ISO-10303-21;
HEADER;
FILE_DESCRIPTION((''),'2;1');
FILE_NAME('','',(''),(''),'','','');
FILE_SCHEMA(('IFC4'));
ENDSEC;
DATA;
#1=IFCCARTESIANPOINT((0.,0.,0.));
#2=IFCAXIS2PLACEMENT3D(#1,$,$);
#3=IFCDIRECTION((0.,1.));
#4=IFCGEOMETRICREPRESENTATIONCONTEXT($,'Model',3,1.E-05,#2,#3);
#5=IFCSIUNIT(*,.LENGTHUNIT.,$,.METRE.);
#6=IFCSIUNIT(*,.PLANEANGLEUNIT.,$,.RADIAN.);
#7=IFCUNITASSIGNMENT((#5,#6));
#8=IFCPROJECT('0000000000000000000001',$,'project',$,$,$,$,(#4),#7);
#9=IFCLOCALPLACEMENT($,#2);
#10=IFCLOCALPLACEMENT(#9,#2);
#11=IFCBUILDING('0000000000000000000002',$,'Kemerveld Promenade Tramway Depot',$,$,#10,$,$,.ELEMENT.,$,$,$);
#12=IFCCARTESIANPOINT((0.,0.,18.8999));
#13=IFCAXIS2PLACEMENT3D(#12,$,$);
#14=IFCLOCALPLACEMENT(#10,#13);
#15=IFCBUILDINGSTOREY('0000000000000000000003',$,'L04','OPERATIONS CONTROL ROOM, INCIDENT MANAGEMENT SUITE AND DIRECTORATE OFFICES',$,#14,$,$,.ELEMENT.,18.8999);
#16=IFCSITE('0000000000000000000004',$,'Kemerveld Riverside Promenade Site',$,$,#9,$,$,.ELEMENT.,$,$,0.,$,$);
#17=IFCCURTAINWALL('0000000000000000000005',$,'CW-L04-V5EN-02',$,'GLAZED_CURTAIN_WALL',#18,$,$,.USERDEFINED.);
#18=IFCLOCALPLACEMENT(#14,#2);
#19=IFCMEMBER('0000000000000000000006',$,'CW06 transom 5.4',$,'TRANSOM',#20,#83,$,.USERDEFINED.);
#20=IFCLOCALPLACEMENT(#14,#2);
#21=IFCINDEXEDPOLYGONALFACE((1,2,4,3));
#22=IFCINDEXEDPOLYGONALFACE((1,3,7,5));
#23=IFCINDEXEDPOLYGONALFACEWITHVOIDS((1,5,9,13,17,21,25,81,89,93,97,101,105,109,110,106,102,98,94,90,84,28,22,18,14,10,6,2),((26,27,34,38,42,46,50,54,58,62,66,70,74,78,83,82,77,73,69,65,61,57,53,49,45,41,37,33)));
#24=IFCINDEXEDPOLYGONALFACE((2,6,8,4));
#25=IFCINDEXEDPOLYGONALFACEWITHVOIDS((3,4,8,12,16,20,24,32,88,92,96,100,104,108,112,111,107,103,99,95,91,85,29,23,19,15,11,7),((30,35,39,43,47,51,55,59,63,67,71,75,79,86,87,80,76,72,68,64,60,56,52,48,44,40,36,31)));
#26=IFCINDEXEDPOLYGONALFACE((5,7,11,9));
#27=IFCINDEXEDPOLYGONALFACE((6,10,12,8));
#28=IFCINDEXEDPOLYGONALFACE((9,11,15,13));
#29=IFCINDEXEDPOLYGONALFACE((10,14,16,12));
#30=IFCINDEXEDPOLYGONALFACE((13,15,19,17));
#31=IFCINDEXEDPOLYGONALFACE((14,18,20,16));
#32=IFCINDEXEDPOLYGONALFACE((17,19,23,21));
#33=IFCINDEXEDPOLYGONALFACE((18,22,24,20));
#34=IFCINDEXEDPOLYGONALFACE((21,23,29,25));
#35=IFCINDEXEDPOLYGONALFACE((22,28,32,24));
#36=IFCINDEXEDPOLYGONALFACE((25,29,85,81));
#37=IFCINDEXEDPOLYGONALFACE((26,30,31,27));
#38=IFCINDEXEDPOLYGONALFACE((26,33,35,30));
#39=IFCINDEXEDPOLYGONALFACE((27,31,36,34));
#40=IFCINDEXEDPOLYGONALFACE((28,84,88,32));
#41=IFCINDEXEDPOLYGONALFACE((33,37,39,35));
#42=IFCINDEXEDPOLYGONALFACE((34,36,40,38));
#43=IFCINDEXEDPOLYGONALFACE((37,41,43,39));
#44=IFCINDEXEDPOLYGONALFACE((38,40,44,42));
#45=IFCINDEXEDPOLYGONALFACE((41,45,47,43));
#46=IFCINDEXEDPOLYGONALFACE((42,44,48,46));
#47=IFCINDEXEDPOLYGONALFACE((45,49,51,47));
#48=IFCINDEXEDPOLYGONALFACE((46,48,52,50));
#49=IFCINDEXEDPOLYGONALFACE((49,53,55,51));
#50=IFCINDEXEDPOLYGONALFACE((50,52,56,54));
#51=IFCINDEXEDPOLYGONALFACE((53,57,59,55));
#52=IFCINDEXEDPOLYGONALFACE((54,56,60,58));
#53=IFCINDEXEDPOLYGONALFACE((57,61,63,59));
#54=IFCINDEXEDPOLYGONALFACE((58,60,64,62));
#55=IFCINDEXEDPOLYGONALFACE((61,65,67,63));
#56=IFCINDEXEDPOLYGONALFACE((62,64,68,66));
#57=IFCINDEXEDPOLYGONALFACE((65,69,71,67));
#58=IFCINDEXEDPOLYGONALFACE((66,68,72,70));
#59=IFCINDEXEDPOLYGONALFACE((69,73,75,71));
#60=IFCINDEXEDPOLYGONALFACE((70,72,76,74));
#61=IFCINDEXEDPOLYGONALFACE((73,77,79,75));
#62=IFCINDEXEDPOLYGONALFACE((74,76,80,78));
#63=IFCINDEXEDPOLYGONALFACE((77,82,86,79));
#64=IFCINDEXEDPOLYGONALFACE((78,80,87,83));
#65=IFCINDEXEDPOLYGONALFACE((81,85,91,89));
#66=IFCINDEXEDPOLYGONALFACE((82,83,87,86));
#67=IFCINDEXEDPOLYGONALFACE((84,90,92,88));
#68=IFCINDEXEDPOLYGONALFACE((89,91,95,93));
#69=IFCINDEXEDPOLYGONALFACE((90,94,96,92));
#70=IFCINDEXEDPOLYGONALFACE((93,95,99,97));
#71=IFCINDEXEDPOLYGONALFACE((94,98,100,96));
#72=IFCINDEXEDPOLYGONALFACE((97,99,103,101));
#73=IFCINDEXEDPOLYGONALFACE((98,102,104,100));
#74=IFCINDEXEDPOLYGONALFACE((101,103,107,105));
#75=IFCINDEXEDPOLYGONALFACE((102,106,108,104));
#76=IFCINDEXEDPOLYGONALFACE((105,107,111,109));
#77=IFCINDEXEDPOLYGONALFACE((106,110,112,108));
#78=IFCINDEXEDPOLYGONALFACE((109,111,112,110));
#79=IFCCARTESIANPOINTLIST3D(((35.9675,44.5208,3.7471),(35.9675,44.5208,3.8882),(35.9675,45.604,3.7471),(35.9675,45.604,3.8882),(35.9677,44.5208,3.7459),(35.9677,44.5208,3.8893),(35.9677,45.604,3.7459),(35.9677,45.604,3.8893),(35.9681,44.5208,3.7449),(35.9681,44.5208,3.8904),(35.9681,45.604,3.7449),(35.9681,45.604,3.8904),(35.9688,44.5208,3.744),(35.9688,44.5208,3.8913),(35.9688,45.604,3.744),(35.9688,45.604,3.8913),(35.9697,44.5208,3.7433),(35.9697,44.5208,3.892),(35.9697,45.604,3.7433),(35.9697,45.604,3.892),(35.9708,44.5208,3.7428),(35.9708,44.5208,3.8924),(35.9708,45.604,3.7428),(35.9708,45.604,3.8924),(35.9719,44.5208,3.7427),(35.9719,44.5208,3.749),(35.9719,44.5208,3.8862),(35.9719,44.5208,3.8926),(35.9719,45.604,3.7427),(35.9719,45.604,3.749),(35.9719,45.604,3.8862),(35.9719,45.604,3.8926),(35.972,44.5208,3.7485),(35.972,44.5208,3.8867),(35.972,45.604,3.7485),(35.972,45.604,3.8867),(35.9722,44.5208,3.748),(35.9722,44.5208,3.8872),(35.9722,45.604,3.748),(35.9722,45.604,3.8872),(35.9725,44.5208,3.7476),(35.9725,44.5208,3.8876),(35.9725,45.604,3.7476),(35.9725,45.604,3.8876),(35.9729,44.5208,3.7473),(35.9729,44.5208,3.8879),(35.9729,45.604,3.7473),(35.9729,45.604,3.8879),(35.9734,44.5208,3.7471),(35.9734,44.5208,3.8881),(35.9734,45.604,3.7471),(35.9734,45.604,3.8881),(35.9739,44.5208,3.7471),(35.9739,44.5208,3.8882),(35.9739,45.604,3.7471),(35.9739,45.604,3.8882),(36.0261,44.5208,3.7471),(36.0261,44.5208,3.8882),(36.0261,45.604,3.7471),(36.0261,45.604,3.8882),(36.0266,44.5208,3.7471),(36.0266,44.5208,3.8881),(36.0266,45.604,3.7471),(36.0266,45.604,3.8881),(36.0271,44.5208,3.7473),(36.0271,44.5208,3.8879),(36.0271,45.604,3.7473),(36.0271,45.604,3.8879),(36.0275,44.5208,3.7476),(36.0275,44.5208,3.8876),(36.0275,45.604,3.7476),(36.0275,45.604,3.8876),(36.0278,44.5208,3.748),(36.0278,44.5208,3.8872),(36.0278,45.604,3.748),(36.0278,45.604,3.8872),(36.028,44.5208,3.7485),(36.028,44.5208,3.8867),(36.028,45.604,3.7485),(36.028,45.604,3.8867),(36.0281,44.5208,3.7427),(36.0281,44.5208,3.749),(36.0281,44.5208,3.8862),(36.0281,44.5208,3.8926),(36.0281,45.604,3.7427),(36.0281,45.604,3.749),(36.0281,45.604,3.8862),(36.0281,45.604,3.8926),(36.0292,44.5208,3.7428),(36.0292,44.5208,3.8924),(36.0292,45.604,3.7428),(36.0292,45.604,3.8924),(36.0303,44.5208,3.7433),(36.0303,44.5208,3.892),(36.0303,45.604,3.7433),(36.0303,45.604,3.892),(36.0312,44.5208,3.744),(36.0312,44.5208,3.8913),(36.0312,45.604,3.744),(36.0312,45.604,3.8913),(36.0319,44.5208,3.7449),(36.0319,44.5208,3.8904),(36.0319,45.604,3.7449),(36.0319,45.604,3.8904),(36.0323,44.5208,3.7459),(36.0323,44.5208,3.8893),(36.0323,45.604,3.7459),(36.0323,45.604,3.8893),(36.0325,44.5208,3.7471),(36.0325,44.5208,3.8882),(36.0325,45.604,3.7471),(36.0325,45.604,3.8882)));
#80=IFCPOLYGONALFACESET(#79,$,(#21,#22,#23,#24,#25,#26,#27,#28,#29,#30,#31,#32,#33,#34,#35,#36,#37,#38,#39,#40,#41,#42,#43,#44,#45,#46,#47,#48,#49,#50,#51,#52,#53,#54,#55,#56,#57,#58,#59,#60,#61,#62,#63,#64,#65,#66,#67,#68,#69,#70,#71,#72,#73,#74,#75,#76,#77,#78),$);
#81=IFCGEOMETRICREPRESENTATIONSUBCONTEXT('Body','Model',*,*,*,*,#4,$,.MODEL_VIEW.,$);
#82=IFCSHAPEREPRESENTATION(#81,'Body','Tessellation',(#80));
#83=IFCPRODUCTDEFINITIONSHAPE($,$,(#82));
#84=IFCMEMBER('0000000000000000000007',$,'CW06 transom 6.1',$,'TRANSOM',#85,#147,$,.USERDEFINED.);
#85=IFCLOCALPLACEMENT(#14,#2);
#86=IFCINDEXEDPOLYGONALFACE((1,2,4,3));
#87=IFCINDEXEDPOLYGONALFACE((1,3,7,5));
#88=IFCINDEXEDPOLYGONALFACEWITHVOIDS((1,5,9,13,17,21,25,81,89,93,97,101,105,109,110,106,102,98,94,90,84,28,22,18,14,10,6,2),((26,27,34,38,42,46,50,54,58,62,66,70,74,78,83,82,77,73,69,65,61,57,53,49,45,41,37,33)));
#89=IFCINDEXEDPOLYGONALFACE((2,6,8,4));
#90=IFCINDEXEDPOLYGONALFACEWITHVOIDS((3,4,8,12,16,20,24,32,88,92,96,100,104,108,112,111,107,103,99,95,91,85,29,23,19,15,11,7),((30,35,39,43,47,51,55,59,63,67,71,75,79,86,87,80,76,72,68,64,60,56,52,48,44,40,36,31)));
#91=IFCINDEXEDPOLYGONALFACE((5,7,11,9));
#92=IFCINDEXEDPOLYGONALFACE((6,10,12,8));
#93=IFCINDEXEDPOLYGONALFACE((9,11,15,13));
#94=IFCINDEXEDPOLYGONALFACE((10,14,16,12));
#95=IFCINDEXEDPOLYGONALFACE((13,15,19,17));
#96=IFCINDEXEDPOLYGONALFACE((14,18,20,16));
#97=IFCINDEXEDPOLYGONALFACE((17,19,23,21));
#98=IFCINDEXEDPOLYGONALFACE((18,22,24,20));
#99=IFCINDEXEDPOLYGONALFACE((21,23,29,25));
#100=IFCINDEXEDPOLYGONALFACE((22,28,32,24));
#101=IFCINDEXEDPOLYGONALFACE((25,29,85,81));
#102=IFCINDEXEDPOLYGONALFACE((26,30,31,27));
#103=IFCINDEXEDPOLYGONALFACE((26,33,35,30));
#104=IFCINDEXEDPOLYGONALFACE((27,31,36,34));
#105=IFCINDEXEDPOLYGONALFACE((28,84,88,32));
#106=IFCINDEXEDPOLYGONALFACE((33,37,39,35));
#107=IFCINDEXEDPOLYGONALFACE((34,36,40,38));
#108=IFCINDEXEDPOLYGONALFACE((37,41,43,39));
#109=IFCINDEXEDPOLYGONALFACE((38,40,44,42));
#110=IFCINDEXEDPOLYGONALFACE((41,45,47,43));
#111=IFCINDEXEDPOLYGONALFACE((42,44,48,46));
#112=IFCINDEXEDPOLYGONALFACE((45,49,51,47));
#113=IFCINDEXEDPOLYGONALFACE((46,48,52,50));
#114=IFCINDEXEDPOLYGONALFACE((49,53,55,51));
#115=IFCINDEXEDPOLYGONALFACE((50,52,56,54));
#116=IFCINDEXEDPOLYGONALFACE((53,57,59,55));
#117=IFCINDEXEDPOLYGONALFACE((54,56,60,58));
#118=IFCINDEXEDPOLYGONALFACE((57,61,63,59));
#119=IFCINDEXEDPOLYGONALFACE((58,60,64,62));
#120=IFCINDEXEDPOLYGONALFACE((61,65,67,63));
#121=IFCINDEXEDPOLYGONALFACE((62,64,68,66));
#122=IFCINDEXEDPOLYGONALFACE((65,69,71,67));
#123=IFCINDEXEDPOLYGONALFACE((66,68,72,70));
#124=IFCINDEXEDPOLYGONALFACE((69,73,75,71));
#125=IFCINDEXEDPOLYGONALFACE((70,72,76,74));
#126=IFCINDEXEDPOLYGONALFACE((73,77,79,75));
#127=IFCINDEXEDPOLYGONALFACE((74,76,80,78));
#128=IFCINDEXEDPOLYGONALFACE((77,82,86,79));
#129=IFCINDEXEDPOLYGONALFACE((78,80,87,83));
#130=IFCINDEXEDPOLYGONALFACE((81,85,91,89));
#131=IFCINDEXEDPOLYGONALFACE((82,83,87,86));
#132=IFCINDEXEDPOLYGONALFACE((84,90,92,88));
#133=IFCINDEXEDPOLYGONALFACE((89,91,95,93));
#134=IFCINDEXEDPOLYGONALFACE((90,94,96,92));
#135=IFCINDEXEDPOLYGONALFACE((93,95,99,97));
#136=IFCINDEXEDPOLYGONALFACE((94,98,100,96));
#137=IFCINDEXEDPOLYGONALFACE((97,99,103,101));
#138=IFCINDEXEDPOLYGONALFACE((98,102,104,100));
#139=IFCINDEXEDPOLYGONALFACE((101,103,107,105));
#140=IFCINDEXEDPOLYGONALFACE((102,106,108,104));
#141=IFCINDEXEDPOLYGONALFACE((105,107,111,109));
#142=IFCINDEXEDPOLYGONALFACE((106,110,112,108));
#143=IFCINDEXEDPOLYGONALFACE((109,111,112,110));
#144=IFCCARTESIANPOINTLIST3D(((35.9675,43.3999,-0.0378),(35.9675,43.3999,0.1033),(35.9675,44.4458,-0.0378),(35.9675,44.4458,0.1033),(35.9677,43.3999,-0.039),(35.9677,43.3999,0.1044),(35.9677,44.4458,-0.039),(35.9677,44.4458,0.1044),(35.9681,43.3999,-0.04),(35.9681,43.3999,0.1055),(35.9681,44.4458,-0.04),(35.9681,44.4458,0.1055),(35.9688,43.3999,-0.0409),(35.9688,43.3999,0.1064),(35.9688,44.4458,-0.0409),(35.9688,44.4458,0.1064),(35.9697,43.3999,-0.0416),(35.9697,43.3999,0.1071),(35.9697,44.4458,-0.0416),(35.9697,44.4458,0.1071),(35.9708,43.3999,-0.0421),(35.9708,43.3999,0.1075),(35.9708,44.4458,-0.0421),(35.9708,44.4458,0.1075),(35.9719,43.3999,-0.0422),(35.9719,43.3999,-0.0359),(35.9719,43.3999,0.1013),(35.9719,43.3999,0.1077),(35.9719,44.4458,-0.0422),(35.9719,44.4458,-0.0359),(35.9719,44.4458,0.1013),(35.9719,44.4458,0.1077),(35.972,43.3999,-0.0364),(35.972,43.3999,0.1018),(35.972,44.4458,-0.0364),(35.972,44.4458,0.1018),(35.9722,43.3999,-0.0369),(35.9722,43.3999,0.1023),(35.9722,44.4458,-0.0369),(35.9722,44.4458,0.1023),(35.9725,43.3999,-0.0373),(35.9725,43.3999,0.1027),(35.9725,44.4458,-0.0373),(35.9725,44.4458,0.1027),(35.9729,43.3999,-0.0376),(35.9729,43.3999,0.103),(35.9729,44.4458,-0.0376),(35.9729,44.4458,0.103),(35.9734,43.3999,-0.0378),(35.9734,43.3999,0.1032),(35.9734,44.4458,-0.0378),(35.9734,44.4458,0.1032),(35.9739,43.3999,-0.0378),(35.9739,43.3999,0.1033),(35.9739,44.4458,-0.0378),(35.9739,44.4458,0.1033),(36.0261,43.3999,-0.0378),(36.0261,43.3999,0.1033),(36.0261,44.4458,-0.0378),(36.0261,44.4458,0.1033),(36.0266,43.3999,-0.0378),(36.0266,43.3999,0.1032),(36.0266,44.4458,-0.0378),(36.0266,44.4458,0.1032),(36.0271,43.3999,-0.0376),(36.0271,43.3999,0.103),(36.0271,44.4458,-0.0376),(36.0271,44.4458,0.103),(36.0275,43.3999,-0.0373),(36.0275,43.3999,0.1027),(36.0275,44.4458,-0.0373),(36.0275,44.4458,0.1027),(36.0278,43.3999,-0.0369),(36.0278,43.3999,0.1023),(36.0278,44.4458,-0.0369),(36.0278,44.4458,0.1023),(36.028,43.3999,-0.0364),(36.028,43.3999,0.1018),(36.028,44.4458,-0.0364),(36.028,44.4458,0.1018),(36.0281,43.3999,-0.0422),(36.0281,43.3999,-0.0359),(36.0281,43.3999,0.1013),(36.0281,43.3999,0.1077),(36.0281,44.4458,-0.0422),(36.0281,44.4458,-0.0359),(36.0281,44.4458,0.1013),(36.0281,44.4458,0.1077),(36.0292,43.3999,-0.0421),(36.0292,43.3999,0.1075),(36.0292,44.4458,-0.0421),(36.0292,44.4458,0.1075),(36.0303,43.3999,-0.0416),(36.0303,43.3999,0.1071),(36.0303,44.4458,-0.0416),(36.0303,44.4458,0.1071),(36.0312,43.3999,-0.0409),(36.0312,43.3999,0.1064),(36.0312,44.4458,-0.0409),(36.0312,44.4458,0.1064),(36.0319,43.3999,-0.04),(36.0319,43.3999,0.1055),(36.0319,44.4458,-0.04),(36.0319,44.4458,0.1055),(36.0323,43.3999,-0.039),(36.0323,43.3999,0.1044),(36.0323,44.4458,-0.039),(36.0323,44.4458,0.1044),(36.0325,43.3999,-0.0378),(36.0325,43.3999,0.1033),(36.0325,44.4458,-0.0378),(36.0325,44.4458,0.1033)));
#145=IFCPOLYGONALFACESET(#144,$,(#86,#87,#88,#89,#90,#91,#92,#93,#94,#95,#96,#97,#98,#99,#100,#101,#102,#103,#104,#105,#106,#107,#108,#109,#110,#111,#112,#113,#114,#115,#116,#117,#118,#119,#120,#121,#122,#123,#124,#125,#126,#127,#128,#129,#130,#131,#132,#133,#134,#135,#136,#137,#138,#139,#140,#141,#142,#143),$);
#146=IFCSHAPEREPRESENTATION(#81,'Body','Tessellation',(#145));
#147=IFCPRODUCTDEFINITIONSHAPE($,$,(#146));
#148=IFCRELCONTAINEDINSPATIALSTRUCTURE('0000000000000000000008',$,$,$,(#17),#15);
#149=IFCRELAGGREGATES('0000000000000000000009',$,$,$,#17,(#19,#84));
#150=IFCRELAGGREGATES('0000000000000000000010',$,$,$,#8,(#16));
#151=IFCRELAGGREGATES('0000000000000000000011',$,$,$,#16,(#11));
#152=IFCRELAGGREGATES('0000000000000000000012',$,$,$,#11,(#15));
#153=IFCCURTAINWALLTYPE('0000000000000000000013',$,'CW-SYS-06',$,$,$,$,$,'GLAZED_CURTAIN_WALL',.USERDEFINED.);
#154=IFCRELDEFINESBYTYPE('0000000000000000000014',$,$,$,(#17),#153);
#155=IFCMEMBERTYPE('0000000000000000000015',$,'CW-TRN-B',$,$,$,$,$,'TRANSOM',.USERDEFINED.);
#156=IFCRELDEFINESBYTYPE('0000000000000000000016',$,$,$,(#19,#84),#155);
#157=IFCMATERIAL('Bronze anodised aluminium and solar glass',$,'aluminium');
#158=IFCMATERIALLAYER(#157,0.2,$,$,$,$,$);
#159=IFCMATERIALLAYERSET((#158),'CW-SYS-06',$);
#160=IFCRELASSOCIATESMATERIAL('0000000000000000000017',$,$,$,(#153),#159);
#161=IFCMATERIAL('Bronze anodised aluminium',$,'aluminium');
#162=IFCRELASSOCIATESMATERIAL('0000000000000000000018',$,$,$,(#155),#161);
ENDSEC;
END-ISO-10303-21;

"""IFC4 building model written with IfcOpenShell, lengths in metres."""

from ifc_helpers import new_model, si_unit, direction, frame, origin, origin_2d, place, context, subcontext, project, spatial, hollow_rectangle, extrude, material, layer, layer_set, material_profile, profile_set, type_object, element, aggregate, save


model = new_model("IFC4")

# Units and contexts
model_context = context("Model", 3, precision=1e-05, world=origin(), true_north=direction((0.0, 1.0)))
body_context = subcontext(model_context, "Body", "Model", "MODEL_VIEW")
ifc_project = project(units=[si_unit("LENGTHUNIT", "METRE"), si_unit("PLANEANGLEUNIT", "RADIAN")], contexts=[model_context])

# Site, building, storey
site_placement = place(None, origin())
site = spatial("IfcSite", under=ifc_project, at=site_placement, Name="Kemerveld Riverside Promenade Site", CompositionType="ELEMENT", RefElevation=0.0)
building_placement = place(site_placement, origin())
building = spatial("IfcBuilding", under=site, at=building_placement, Name="Kemerveld Promenade Tramway Depot", CompositionType="ELEMENT")
storey_placement = place(building_placement, frame((0.0, 0.0, 18.8999)))
storey = spatial("IfcBuildingStorey", under=building, at=storey_placement, Name="L04", Description="OPERATIONS CONTROL ROOM, INCIDENT MANAGEMENT SUITE AND DIRECTORATE OFFICES", CompositionType="ELEMENT", Elevation=18.8999)

# Curtain wall, members
ifc_material_1 = material(Name="Bronze anodised aluminium and solar glass", Category="aluminium")
ifc_layer_1 = layer(ifc_material_1, 0.2)
ifc_layer_set_1 = layer_set([ifc_layer_1], Name="CW-SYS-06")
curtain_wall_type = type_object("IfcCurtainWallType", Name="CW-SYS-06", ElementType="GLAZED_CURTAIN_WALL", PredefinedType="USERDEFINED", material=ifc_layer_set_1)
curtain_wall_placement = place(storey_placement, origin())
curtain_wall = element("IfcCurtainWall", 1, at=curtain_wall_placement, inside=storey, type_object=curtain_wall_type, Name="CW-L04-V5EN-02", ObjectType="GLAZED_CURTAIN_WALL", PredefinedType="USERDEFINED")
ifc_material_2 = material(Name="Bronze anodised aluminium", Category="aluminium")
ifc_material_profile_1 = material_profile(ifc_material_2, hollow_rectangle(XDim=0.0649, YDim=0.1499, WallThickness=0.0044, InnerFilletRadius=0.002, OuterFilletRadius=0.0044, at=origin_2d()), Name="CW-TRN-150x65")
ifc_profile_set_1 = profile_set([ifc_material_profile_1], Name="Bronze anodised aluminium")
member_type_1 = type_object("IfcMemberType", Name="CW-TRN-B", ElementType="TRANSOM", PredefinedType="USERDEFINED", material=ifc_profile_set_1)
member_1_placement = place(storey_placement, frame((36.0, 45.604, 3.8176), z_axis=(0.0, -1.0, 0.0), x_axis=(1.0, 0.0, 0.0)))
member_1 = element("IfcMember", 2, at=member_1_placement, type_object=member_type_1, Name="CW06 transom 5.4", ObjectType="TRANSOM", PredefinedType="USERDEFINED", context=body_context, shape_type="SweptSolid", body=[
    extrude(hollow_rectangle(XDim=0.0649, YDim=0.1499, WallThickness=0.0044, InnerFilletRadius=0.002, OuterFilletRadius=0.0044, at=origin_2d()), origin(), (0.0, 0.0, 1.0), 1.0833),
])
member_2_placement = place(storey_placement, frame((36.0, 44.4458, 0.0327), z_axis=(0.0, -1.0, 0.0), x_axis=(1.0, 0.0, 0.0)))
member_2 = element("IfcMember", 3, at=member_2_placement, type_object=member_type_1, Name="CW06 transom 6.1", ObjectType="TRANSOM", PredefinedType="USERDEFINED", context=body_context, shape_type="SweptSolid", body=[
    extrude(hollow_rectangle(XDim=0.0649, YDim=0.1499, WallThickness=0.0044, InnerFilletRadius=0.002, OuterFilletRadius=0.0044, at=origin_2d()), origin(), (0.0, 0.0, 1.0), 1.0459),
])
aggregate(curtain_wall, [member_1, member_2])

save(model, "model.ifc")
